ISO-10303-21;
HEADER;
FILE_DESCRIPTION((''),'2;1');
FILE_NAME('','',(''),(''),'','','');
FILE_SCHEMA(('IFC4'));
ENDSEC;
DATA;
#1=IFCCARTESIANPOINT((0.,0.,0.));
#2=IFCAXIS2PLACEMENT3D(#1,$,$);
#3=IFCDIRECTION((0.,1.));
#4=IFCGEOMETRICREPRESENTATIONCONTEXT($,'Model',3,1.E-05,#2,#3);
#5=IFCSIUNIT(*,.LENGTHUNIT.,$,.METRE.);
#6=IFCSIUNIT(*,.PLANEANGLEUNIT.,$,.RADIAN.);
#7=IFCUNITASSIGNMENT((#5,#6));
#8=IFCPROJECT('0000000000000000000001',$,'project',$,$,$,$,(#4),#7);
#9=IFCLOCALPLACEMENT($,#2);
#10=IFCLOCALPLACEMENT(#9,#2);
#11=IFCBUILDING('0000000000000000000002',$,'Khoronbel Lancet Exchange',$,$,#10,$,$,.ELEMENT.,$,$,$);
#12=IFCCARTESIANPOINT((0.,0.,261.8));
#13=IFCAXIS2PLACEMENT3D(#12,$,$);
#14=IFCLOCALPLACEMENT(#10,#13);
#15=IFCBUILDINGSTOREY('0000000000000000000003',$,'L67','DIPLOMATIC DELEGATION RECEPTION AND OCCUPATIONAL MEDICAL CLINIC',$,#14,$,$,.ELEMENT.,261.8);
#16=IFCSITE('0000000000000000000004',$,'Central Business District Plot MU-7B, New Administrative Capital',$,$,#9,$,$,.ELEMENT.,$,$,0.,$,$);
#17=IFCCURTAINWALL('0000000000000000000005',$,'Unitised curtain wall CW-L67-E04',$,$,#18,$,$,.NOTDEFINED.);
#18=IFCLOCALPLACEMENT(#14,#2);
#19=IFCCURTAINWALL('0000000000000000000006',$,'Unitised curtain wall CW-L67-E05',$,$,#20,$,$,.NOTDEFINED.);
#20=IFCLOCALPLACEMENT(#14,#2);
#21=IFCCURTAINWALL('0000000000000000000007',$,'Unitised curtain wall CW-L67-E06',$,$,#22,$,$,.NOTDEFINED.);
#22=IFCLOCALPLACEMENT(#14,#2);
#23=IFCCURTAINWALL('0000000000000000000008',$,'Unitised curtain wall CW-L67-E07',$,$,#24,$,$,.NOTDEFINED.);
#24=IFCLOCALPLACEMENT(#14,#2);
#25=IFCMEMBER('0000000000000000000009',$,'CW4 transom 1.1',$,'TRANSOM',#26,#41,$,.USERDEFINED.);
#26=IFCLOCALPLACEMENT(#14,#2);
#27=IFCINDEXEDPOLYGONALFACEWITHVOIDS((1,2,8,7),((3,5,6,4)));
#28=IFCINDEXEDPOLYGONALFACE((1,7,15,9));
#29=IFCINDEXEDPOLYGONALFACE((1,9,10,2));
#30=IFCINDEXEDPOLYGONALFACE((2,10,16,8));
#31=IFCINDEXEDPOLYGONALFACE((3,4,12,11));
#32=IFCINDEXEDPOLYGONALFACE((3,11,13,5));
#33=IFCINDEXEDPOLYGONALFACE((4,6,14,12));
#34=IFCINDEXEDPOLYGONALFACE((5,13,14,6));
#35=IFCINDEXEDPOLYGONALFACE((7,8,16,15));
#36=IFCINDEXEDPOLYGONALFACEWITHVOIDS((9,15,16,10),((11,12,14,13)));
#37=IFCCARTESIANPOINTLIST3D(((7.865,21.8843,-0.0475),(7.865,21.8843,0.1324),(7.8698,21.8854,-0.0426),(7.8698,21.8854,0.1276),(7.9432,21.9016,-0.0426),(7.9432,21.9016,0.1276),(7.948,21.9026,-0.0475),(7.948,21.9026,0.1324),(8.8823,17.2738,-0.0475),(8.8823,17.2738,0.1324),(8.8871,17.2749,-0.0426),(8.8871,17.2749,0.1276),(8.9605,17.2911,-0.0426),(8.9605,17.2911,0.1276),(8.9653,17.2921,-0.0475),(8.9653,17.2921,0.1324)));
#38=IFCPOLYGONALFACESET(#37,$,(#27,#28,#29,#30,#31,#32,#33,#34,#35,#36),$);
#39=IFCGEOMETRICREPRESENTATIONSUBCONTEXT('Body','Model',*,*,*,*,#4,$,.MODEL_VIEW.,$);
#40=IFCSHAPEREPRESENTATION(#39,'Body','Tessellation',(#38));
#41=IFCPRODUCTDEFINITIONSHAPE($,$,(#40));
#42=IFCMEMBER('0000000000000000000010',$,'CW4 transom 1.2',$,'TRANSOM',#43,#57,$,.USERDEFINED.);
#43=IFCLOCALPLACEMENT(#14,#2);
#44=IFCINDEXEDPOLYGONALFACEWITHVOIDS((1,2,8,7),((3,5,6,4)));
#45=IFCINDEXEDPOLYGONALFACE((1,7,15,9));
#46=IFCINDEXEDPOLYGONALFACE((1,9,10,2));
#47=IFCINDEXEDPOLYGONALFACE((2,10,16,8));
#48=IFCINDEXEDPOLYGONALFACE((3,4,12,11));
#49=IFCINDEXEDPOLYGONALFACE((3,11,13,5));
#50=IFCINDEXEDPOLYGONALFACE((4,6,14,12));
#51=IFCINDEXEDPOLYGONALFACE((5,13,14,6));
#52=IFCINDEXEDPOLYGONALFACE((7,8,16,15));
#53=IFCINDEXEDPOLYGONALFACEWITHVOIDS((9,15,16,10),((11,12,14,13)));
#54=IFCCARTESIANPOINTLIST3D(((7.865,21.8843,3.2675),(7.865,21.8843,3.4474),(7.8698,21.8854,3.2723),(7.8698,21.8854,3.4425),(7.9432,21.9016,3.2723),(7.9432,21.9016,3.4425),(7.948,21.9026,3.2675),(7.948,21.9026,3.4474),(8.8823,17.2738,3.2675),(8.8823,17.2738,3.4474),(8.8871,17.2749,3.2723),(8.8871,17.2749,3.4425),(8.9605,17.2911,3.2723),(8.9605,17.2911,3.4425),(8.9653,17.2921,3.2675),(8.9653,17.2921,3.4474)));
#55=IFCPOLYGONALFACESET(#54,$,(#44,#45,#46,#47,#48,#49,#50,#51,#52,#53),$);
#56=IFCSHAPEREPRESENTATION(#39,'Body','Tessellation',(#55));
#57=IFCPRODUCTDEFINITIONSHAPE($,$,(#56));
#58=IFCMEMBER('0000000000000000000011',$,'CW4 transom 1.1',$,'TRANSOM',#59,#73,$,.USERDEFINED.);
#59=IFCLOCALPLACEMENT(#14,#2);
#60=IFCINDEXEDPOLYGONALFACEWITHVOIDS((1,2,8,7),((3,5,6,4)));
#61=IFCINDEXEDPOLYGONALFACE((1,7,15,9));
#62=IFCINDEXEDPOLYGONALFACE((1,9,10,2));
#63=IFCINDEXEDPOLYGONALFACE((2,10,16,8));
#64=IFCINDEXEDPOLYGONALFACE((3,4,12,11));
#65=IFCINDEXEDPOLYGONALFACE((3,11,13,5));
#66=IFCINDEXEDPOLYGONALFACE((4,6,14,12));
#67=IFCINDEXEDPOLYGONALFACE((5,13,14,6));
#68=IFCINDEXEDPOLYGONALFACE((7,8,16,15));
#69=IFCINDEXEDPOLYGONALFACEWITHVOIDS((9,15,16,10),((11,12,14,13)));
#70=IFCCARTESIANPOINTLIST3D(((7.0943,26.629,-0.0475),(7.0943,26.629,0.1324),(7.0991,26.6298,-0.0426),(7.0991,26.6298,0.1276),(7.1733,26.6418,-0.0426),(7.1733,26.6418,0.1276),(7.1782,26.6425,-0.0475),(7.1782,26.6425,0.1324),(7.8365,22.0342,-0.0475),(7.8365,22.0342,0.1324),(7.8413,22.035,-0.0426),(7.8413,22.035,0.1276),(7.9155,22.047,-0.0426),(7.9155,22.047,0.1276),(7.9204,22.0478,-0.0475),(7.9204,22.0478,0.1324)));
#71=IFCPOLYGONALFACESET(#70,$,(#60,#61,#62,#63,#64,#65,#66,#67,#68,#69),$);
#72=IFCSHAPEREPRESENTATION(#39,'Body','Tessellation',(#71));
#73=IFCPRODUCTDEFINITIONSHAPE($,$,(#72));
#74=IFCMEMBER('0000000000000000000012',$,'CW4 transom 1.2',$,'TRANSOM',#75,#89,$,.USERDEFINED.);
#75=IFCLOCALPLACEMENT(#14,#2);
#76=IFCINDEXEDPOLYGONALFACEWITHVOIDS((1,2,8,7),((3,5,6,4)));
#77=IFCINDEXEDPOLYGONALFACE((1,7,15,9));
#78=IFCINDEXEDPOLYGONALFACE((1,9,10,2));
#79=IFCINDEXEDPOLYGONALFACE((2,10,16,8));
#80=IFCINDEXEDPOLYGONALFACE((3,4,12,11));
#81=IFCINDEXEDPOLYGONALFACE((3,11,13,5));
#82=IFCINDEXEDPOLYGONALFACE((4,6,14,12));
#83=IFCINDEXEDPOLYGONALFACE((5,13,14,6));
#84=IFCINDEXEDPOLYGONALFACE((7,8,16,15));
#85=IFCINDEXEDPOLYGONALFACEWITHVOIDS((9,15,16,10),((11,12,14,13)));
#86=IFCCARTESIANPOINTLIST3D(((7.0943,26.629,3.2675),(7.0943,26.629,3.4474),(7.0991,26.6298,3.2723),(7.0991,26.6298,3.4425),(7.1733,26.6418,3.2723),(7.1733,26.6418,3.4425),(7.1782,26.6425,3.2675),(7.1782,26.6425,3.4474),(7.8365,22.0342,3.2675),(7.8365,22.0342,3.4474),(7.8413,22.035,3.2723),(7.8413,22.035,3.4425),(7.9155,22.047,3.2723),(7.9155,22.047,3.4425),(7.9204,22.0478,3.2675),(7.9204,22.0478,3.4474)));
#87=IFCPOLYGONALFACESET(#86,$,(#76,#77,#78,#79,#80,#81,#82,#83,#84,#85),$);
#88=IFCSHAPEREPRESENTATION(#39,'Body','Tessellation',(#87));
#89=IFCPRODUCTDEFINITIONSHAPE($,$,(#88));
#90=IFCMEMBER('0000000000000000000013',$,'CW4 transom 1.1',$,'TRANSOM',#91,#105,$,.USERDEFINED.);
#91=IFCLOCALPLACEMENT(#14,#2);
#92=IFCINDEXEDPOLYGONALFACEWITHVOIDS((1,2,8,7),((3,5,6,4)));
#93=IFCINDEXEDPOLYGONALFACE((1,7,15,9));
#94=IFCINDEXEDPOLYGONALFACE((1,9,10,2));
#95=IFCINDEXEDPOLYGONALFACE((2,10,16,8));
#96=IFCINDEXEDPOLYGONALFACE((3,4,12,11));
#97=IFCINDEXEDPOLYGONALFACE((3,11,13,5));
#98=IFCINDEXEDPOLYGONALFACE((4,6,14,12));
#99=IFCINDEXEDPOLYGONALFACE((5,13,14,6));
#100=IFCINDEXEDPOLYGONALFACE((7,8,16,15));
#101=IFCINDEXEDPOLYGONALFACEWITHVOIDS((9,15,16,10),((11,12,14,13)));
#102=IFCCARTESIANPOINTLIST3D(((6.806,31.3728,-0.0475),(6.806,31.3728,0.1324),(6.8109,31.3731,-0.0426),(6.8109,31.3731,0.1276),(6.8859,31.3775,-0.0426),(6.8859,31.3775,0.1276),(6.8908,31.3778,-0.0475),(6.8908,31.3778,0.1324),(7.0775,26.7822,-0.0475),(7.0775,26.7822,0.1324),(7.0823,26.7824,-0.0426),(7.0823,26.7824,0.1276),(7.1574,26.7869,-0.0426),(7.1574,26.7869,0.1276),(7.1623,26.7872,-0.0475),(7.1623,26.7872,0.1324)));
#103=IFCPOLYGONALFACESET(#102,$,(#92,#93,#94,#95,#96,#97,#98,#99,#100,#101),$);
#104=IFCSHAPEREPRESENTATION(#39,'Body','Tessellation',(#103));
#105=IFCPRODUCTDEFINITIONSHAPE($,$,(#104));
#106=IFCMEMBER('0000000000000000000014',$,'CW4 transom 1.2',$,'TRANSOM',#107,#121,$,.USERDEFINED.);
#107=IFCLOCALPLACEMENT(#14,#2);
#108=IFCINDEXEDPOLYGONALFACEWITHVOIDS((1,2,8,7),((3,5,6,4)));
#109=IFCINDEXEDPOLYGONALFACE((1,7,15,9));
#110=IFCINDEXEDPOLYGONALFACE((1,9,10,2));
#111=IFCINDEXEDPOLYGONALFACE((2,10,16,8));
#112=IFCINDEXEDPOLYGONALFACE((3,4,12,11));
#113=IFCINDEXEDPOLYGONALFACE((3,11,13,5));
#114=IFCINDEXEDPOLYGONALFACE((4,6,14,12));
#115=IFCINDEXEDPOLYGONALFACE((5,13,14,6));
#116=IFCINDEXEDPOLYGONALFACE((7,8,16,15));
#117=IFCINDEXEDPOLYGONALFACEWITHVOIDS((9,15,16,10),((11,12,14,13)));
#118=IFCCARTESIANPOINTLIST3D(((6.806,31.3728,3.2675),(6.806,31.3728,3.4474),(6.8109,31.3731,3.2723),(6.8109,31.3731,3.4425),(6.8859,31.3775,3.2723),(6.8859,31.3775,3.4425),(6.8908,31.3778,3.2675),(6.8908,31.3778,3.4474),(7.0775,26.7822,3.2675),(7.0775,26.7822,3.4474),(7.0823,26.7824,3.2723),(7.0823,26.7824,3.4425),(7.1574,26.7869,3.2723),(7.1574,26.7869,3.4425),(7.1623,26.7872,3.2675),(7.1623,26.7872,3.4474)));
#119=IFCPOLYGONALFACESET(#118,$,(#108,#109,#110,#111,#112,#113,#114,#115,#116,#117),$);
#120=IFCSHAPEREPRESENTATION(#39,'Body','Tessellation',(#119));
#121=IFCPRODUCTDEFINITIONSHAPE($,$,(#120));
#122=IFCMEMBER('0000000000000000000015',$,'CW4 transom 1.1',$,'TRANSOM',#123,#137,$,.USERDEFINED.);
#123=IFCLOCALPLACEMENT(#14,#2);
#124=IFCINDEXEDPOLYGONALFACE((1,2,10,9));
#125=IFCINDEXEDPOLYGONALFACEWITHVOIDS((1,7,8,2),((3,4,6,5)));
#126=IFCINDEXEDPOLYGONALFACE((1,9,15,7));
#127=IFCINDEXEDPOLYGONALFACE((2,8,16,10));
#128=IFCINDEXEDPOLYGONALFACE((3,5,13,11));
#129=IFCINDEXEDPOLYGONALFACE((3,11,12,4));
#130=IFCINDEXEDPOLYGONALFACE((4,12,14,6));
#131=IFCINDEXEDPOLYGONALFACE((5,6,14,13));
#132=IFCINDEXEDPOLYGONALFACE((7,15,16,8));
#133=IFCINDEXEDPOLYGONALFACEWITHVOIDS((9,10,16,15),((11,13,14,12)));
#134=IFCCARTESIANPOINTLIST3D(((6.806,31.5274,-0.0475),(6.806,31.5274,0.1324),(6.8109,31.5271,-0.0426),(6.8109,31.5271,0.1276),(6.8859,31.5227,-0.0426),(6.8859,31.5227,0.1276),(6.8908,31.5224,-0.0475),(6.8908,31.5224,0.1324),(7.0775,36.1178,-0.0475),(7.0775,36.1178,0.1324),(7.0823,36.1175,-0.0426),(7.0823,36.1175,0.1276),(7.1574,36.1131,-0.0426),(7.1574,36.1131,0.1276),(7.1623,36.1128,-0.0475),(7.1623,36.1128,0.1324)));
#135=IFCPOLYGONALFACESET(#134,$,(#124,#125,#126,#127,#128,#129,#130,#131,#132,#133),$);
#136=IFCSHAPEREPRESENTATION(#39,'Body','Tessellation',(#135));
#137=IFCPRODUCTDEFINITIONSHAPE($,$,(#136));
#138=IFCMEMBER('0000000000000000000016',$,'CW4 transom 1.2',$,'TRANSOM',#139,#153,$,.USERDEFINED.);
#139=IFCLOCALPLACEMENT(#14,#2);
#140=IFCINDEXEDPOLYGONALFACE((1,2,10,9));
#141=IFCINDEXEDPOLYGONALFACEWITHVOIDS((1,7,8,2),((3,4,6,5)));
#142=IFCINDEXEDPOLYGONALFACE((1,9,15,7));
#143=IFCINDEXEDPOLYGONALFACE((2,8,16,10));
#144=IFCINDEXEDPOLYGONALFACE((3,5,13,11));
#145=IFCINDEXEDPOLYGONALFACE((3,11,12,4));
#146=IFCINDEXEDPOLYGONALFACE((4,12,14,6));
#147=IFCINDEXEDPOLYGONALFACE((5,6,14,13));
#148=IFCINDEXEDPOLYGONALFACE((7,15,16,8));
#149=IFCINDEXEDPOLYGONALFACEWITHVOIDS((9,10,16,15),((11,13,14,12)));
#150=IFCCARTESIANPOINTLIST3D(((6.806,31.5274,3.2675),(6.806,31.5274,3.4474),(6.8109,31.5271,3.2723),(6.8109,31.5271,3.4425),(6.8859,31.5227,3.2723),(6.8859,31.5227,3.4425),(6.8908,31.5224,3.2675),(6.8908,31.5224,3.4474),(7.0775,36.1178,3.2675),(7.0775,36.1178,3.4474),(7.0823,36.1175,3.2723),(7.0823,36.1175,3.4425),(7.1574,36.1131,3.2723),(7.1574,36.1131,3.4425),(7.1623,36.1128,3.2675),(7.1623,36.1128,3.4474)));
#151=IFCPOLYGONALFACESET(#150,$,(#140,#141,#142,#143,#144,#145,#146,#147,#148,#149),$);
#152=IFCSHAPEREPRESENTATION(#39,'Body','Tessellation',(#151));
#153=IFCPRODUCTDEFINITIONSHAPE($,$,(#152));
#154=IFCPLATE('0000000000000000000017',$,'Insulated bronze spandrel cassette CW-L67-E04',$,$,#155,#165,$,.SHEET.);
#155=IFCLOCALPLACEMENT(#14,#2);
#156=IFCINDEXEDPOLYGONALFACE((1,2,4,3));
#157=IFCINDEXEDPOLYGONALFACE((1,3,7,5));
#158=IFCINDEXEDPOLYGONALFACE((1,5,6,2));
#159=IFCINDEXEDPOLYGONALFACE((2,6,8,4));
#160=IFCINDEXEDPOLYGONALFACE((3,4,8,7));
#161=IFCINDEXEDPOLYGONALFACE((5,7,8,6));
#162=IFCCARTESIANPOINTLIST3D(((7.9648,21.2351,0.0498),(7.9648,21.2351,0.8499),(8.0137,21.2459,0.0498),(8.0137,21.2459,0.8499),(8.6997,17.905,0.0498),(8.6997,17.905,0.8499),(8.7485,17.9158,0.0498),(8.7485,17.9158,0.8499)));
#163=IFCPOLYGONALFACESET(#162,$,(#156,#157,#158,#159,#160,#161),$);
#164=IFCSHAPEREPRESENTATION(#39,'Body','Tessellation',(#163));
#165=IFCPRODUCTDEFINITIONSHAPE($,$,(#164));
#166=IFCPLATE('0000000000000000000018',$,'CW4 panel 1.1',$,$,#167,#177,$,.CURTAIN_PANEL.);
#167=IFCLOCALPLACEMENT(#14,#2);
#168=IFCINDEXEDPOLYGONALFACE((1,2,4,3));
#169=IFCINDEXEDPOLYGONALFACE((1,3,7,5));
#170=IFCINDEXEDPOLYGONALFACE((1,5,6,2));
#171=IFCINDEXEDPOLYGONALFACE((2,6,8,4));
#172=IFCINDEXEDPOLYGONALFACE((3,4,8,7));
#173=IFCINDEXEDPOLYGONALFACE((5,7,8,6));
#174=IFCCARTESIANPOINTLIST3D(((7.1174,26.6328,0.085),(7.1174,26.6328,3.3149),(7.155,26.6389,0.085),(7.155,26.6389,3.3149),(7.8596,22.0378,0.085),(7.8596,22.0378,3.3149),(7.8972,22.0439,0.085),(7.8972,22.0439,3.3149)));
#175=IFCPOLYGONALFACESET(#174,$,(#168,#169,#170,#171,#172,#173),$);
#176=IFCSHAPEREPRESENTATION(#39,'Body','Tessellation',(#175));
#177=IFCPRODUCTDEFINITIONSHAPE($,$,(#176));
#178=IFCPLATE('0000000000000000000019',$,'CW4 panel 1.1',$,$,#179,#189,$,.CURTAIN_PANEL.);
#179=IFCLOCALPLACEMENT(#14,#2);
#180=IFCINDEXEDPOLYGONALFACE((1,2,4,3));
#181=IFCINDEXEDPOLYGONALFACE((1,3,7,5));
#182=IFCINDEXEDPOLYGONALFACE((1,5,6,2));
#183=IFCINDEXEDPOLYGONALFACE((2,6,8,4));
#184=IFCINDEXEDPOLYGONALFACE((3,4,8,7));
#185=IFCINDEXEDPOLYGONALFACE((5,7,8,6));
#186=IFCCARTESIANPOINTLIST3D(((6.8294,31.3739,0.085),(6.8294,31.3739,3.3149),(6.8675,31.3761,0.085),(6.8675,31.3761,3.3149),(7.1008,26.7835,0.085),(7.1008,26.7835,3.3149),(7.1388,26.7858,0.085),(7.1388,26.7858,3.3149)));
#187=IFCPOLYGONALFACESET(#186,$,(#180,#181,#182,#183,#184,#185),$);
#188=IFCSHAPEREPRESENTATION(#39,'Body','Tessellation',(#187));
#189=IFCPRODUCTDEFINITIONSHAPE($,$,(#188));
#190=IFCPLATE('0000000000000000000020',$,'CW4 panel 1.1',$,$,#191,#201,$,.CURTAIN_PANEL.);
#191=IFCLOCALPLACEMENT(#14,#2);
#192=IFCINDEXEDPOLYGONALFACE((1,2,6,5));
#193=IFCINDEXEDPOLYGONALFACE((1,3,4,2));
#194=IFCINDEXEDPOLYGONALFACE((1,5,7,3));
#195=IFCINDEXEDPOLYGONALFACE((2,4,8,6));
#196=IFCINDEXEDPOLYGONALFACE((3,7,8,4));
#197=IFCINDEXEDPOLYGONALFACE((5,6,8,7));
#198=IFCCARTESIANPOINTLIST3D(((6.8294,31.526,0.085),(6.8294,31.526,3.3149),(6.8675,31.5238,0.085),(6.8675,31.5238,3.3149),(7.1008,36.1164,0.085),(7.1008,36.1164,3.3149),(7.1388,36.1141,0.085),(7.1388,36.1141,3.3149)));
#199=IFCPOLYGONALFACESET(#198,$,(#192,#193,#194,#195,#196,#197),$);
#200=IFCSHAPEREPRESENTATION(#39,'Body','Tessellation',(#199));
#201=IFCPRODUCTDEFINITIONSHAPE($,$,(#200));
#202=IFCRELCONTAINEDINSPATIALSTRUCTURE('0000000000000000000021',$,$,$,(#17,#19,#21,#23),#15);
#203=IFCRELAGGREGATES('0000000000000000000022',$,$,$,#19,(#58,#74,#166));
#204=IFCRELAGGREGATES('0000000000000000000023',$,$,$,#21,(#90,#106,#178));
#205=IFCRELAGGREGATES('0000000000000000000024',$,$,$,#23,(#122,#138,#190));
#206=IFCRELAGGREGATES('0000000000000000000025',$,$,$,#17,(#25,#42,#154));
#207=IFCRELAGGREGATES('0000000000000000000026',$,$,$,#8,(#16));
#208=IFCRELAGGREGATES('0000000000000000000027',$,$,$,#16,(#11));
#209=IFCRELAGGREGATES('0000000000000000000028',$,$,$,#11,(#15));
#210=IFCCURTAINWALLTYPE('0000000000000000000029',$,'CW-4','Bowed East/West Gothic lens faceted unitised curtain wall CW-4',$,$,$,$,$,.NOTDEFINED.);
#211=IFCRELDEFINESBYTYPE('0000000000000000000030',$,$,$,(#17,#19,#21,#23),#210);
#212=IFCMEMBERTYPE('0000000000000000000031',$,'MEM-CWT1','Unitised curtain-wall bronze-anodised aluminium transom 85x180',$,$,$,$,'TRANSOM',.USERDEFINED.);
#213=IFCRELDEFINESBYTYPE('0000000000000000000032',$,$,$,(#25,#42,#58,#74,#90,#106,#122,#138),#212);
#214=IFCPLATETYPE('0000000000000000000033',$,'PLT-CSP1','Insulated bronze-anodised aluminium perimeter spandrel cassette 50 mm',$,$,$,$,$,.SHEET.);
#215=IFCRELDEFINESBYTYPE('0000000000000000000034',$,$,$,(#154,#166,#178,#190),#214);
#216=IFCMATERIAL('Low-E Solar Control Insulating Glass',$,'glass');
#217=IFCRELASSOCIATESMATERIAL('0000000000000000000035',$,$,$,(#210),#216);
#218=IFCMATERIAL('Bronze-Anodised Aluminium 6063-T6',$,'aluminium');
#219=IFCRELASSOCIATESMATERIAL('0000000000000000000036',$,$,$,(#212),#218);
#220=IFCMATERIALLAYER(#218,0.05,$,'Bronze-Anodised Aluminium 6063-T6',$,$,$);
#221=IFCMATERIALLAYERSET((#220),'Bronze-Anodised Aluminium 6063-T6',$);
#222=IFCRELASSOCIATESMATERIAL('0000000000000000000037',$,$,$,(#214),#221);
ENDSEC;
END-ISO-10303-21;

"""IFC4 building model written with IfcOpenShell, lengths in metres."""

from ifc_helpers import new_model, si_unit, direction, frame, origin, origin_2d, place, context, subcontext, project, spatial, rectangle, hollow_rectangle, extrude, material, layer, layer_set, material_profile, profile_set, type_object, element, aggregate, save


model = new_model("IFC4")

# Units and contexts
model_context = context("Model", 3, precision=1e-05, world=origin(), true_north=direction((0.0, 1.0)))
body_context = subcontext(model_context, "Body", "Model", "MODEL_VIEW")
ifc_project = project(units=[si_unit("LENGTHUNIT", "METRE"), si_unit("PLANEANGLEUNIT", "RADIAN")], contexts=[model_context])

# Site, building, storey
site_placement = place(None, origin())
site = spatial("IfcSite", under=ifc_project, at=site_placement, Name="Central Business District Plot MU-7B, New Administrative Capital", CompositionType="ELEMENT", RefElevation=0.0)
building_placement = place(site_placement, origin())
building = spatial("IfcBuilding", under=site, at=building_placement, Name="Khoronbel Lancet Exchange", CompositionType="ELEMENT")
storey_placement = place(building_placement, frame((0.0, 0.0, 261.8)))
storey = spatial("IfcBuildingStorey", under=building, at=storey_placement, Name="L67", Description="DIPLOMATIC DELEGATION RECEPTION AND OCCUPATIONAL MEDICAL CLINIC", CompositionType="ELEMENT", Elevation=261.8)

# Curtain walls
ifc_material_1 = material(Name="Low-E Solar Control Insulating Glass", Category="glass")
curtain_wall_type = type_object("IfcCurtainWallType", Name="CW-4", Description="Bowed East/West Gothic lens faceted unitised curtain wall CW-4", PredefinedType="NOTDEFINED", material=ifc_material_1)
curtain_wall_1_placement = place(storey_placement, origin())
curtain_wall_1 = element("IfcCurtainWall", 1, at=curtain_wall_1_placement, inside=storey, type_object=curtain_wall_type, Name="Unitised curtain wall CW-L67-E04", PredefinedType="NOTDEFINED")
ifc_material_2 = material(Name="Bronze-Anodised Aluminium 6063-T6", Category="aluminium")
curtain_wall_2_placement = place(storey_placement, origin())
curtain_wall_2 = element("IfcCurtainWall", 2, at=curtain_wall_2_placement, inside=storey, type_object=curtain_wall_type, Name="Unitised curtain wall CW-L67-E05", PredefinedType="NOTDEFINED")
curtain_wall_3_placement = place(storey_placement, origin())
curtain_wall_3 = element("IfcCurtainWall", 3, at=curtain_wall_3_placement, inside=storey, type_object=curtain_wall_type, Name="Unitised curtain wall CW-L67-E06", PredefinedType="NOTDEFINED")

# Curtain wall
curtain_wall_4_placement = place(storey_placement, origin())
curtain_wall_4 = element("IfcCurtainWall", 4, at=curtain_wall_4_placement, inside=storey, type_object=curtain_wall_type, Name="Unitised curtain wall CW-L67-E07", PredefinedType="NOTDEFINED")

# Members
ifc_material_profile_1 = material_profile(ifc_material_2, hollow_rectangle(XDim=0.085, YDim=0.1799, WallThickness=0.0049, at=origin_2d()), Name="ALU TRANSOM 85x180")
ifc_profile_set_1 = profile_set([ifc_material_profile_1], Name="Bronze-Anodised Aluminium 6063-T6")
member_type_1 = type_object("IfcMemberType", Name="MEM-CWT1", Description="Unitised curtain-wall bronze-anodised aluminium transom 85x180", ElementType="TRANSOM", PredefinedType="USERDEFINED", material=ifc_profile_set_1)
member_1_placement = place(storey_placement, frame((8.9238, 17.283, 0.0425), z_axis=(-0.215468, 0.976511, 0.0), x_axis=(-0.976511, -0.215468, 0.0)))
member_1 = element("IfcMember", 5, at=member_1_placement, type_object=member_type_1, Name="CW4 transom 1.1", ObjectType="TRANSOM", PredefinedType="USERDEFINED", context=body_context, shape_type="SweptSolid", body=[
    extrude(hollow_rectangle(XDim=0.085, YDim=0.1799, WallThickness=0.0049, at=origin_2d()), origin(), (0.0, 0.0, 1.0), 4.7214),
])
member_2_placement = place(storey_placement, frame((8.9238, 17.283, 3.3574), z_axis=(-0.215468, 0.976511, 0.0), x_axis=(-0.976511, -0.215468, 0.0)))
member_2 = element("IfcMember", 6, at=member_2_placement, type_object=member_type_1, Name="CW4 transom 1.2", ObjectType="TRANSOM", PredefinedType="USERDEFINED", context=body_context, shape_type="SweptSolid", body=[
    extrude(hollow_rectangle(XDim=0.085, YDim=0.1799, WallThickness=0.0049, at=origin_2d()), origin(), (0.0, 0.0, 1.0), 4.7214),
])
member_3_placement = place(storey_placement, frame((7.8784, 22.041, 0.0425), z_axis=(-0.159463, 0.987204, 0.0), x_axis=(-0.987204, -0.159463, 0.0)))
member_3 = element("IfcMember", 7, at=member_3_placement, type_object=member_type_1, Name="CW4 transom 1.1", ObjectType="TRANSOM", PredefinedType="USERDEFINED", context=body_context, shape_type="SweptSolid", body=[
    extrude(hollow_rectangle(XDim=0.085, YDim=0.1799, WallThickness=0.0049, at=origin_2d()), origin(), (0.0, 0.0, 1.0), 4.6543),
])
member_4_placement = place(storey_placement, frame((7.8784, 22.041, 3.3574), z_axis=(-0.159463, 0.987204, 0.0), x_axis=(-0.987204, -0.159463, 0.0)))
member_4 = element("IfcMember", 8, at=member_4_placement, type_object=member_type_1, Name="CW4 transom 1.2", ObjectType="TRANSOM", PredefinedType="USERDEFINED", context=body_context, shape_type="SweptSolid", body=[
    extrude(hollow_rectangle(XDim=0.085, YDim=0.1799, WallThickness=0.0049, at=origin_2d()), origin(), (0.0, 0.0, 1.0), 4.6543),
])
member_5_placement = place(storey_placement, frame((7.1199, 26.7847, 0.0425), z_axis=(-0.059036, 0.998256, 0.0), x_axis=(-0.998256, -0.059036, 0.0)))
member_5 = element("IfcMember", 9, at=member_5_placement, type_object=member_type_1, Name="CW4 transom 1.1", ObjectType="TRANSOM", PredefinedType="USERDEFINED", context=body_context, shape_type="SweptSolid", body=[
    extrude(hollow_rectangle(XDim=0.085, YDim=0.1799, WallThickness=0.0049, at=origin_2d()), origin(), (0.0, 0.0, 1.0), 4.5986),
])
member_6_placement = place(storey_placement, frame((7.1199, 26.7847, 3.3574), z_axis=(-0.059036, 0.998256, 0.0), x_axis=(-0.998256, -0.059036, 0.0)))
member_6 = element("IfcMember", 10, at=member_6_placement, type_object=member_type_1, Name="CW4 transom 1.2", ObjectType="TRANSOM", PredefinedType="USERDEFINED", context=body_context, shape_type="SweptSolid", body=[
    extrude(hollow_rectangle(XDim=0.085, YDim=0.1799, WallThickness=0.0049, at=origin_2d()), origin(), (0.0, 0.0, 1.0), 4.5986),
])
member_7_placement = place(storey_placement, frame((6.8484, 31.5249, 0.0425), z_axis=(0.059039, 0.998256, 0.0), x_axis=(-0.998256, 0.059039, 0.0)))
member_7 = element("IfcMember", 11, at=member_7_placement, type_object=member_type_1, Name="CW4 transom 1.1", ObjectType="TRANSOM", PredefinedType="USERDEFINED", context=body_context, shape_type="SweptSolid", body=[
    extrude(hollow_rectangle(XDim=0.085, YDim=0.1799, WallThickness=0.0049, at=origin_2d()), origin(), (0.0, 0.0, 1.0), 4.5984),
])
member_8_placement = place(storey_placement, frame((6.8484, 31.5249, 3.3574), z_axis=(0.059039, 0.998256, 0.0), x_axis=(-0.998256, 0.059039, 0.0)))
member_8 = element("IfcMember", 12, at=member_8_placement, type_object=member_type_1, Name="CW4 transom 1.2", ObjectType="TRANSOM", PredefinedType="USERDEFINED", context=body_context, shape_type="SweptSolid", body=[
    extrude(hollow_rectangle(XDim=0.085, YDim=0.1799, WallThickness=0.0049, at=origin_2d()), origin(), (0.0, 0.0, 1.0), 4.5984),
])

# Plates
ifc_layer_1 = layer(ifc_material_2, 0.05, Name="Bronze-Anodised Aluminium 6063-T6")
ifc_layer_set_1 = layer_set([ifc_layer_1], Name="Bronze-Anodised Aluminium 6063-T6")
plate_type_1 = type_object("IfcPlateType", Name="PLT-CSP1", Description="Insulated bronze-anodised aluminium perimeter spandrel cassette 50 mm", PredefinedType="SHEET", material=ifc_layer_set_1)
plate_1_placement = place(storey_placement, frame((8.3567, 19.5754, 0.0498), z_axis=(0.0, 0.0, 1.0), x_axis=(-0.215476, 0.976509, 0.0)))
plate_1 = element("IfcPlate", 13, at=plate_1_placement, type_object=plate_type_1, Name="Insulated bronze spandrel cassette CW-L67-E04", PredefinedType="SHEET", context=body_context, shape_type="SweptSolid", body=[
    extrude(rectangle(XDim=3.4102, YDim=0.05, at=origin_2d()), origin(), (0.0, 0.0, 1.0), 0.8),
])
plate_2_placement = place(storey_placement, frame((7.5073, 24.3384, 0.085), z_axis=(0.0, 0.0, 1.0), x_axis=(-0.159456, 0.987205, 0.0)))
plate_2 = element("IfcPlate", 14, at=plate_2_placement, type_object=plate_type_1, Name="CW4 panel 1.1", PredefinedType="CURTAIN_PANEL", context=body_context, shape_type="SweptSolid", body=[
    extrude(rectangle(XDim=4.6545, YDim=0.0381, at=origin_2d()), origin(), (0.0, 0.0, 1.0), 3.23),
])
aggregate(curtain_wall_2, [member_3, member_4, plate_2])
plate_3_placement = place(storey_placement, frame((6.9841, 29.0798, 0.085), z_axis=(0.0, 0.0, 1.0), x_axis=(-0.05901, 0.998257, 0.0)))
plate_3 = element("IfcPlate", 15, at=plate_3_placement, type_object=plate_type_1, Name="CW4 panel 1.1", PredefinedType="CURTAIN_PANEL", context=body_context, shape_type="SweptSolid", body=[
    extrude(rectangle(XDim=4.5984, YDim=0.0381, at=origin_2d()), origin(), (0.0, 0.0, 1.0), 3.23),
])
aggregate(curtain_wall_3, [member_5, member_6, plate_3])
plate_4_placement = place(storey_placement, frame((6.9841, 33.8201, 0.085), z_axis=(0.0, 0.0, 1.0), x_axis=(0.05901, 0.998257, 0.0)))
plate_4 = element("IfcPlate", 16, at=plate_4_placement, type_object=plate_type_1, Name="CW4 panel 1.1", PredefinedType="CURTAIN_PANEL", context=body_context, shape_type="SweptSolid", body=[
    extrude(rectangle(XDim=4.5984, YDim=0.0381, at=origin_2d()), origin(), (0.0, 0.0, 1.0), 3.23),
])
aggregate(curtain_wall_4, [member_7, member_8, plate_4])
aggregate(curtain_wall_1, [member_1, member_2, plate_1])

save(model, "model.ifc")
